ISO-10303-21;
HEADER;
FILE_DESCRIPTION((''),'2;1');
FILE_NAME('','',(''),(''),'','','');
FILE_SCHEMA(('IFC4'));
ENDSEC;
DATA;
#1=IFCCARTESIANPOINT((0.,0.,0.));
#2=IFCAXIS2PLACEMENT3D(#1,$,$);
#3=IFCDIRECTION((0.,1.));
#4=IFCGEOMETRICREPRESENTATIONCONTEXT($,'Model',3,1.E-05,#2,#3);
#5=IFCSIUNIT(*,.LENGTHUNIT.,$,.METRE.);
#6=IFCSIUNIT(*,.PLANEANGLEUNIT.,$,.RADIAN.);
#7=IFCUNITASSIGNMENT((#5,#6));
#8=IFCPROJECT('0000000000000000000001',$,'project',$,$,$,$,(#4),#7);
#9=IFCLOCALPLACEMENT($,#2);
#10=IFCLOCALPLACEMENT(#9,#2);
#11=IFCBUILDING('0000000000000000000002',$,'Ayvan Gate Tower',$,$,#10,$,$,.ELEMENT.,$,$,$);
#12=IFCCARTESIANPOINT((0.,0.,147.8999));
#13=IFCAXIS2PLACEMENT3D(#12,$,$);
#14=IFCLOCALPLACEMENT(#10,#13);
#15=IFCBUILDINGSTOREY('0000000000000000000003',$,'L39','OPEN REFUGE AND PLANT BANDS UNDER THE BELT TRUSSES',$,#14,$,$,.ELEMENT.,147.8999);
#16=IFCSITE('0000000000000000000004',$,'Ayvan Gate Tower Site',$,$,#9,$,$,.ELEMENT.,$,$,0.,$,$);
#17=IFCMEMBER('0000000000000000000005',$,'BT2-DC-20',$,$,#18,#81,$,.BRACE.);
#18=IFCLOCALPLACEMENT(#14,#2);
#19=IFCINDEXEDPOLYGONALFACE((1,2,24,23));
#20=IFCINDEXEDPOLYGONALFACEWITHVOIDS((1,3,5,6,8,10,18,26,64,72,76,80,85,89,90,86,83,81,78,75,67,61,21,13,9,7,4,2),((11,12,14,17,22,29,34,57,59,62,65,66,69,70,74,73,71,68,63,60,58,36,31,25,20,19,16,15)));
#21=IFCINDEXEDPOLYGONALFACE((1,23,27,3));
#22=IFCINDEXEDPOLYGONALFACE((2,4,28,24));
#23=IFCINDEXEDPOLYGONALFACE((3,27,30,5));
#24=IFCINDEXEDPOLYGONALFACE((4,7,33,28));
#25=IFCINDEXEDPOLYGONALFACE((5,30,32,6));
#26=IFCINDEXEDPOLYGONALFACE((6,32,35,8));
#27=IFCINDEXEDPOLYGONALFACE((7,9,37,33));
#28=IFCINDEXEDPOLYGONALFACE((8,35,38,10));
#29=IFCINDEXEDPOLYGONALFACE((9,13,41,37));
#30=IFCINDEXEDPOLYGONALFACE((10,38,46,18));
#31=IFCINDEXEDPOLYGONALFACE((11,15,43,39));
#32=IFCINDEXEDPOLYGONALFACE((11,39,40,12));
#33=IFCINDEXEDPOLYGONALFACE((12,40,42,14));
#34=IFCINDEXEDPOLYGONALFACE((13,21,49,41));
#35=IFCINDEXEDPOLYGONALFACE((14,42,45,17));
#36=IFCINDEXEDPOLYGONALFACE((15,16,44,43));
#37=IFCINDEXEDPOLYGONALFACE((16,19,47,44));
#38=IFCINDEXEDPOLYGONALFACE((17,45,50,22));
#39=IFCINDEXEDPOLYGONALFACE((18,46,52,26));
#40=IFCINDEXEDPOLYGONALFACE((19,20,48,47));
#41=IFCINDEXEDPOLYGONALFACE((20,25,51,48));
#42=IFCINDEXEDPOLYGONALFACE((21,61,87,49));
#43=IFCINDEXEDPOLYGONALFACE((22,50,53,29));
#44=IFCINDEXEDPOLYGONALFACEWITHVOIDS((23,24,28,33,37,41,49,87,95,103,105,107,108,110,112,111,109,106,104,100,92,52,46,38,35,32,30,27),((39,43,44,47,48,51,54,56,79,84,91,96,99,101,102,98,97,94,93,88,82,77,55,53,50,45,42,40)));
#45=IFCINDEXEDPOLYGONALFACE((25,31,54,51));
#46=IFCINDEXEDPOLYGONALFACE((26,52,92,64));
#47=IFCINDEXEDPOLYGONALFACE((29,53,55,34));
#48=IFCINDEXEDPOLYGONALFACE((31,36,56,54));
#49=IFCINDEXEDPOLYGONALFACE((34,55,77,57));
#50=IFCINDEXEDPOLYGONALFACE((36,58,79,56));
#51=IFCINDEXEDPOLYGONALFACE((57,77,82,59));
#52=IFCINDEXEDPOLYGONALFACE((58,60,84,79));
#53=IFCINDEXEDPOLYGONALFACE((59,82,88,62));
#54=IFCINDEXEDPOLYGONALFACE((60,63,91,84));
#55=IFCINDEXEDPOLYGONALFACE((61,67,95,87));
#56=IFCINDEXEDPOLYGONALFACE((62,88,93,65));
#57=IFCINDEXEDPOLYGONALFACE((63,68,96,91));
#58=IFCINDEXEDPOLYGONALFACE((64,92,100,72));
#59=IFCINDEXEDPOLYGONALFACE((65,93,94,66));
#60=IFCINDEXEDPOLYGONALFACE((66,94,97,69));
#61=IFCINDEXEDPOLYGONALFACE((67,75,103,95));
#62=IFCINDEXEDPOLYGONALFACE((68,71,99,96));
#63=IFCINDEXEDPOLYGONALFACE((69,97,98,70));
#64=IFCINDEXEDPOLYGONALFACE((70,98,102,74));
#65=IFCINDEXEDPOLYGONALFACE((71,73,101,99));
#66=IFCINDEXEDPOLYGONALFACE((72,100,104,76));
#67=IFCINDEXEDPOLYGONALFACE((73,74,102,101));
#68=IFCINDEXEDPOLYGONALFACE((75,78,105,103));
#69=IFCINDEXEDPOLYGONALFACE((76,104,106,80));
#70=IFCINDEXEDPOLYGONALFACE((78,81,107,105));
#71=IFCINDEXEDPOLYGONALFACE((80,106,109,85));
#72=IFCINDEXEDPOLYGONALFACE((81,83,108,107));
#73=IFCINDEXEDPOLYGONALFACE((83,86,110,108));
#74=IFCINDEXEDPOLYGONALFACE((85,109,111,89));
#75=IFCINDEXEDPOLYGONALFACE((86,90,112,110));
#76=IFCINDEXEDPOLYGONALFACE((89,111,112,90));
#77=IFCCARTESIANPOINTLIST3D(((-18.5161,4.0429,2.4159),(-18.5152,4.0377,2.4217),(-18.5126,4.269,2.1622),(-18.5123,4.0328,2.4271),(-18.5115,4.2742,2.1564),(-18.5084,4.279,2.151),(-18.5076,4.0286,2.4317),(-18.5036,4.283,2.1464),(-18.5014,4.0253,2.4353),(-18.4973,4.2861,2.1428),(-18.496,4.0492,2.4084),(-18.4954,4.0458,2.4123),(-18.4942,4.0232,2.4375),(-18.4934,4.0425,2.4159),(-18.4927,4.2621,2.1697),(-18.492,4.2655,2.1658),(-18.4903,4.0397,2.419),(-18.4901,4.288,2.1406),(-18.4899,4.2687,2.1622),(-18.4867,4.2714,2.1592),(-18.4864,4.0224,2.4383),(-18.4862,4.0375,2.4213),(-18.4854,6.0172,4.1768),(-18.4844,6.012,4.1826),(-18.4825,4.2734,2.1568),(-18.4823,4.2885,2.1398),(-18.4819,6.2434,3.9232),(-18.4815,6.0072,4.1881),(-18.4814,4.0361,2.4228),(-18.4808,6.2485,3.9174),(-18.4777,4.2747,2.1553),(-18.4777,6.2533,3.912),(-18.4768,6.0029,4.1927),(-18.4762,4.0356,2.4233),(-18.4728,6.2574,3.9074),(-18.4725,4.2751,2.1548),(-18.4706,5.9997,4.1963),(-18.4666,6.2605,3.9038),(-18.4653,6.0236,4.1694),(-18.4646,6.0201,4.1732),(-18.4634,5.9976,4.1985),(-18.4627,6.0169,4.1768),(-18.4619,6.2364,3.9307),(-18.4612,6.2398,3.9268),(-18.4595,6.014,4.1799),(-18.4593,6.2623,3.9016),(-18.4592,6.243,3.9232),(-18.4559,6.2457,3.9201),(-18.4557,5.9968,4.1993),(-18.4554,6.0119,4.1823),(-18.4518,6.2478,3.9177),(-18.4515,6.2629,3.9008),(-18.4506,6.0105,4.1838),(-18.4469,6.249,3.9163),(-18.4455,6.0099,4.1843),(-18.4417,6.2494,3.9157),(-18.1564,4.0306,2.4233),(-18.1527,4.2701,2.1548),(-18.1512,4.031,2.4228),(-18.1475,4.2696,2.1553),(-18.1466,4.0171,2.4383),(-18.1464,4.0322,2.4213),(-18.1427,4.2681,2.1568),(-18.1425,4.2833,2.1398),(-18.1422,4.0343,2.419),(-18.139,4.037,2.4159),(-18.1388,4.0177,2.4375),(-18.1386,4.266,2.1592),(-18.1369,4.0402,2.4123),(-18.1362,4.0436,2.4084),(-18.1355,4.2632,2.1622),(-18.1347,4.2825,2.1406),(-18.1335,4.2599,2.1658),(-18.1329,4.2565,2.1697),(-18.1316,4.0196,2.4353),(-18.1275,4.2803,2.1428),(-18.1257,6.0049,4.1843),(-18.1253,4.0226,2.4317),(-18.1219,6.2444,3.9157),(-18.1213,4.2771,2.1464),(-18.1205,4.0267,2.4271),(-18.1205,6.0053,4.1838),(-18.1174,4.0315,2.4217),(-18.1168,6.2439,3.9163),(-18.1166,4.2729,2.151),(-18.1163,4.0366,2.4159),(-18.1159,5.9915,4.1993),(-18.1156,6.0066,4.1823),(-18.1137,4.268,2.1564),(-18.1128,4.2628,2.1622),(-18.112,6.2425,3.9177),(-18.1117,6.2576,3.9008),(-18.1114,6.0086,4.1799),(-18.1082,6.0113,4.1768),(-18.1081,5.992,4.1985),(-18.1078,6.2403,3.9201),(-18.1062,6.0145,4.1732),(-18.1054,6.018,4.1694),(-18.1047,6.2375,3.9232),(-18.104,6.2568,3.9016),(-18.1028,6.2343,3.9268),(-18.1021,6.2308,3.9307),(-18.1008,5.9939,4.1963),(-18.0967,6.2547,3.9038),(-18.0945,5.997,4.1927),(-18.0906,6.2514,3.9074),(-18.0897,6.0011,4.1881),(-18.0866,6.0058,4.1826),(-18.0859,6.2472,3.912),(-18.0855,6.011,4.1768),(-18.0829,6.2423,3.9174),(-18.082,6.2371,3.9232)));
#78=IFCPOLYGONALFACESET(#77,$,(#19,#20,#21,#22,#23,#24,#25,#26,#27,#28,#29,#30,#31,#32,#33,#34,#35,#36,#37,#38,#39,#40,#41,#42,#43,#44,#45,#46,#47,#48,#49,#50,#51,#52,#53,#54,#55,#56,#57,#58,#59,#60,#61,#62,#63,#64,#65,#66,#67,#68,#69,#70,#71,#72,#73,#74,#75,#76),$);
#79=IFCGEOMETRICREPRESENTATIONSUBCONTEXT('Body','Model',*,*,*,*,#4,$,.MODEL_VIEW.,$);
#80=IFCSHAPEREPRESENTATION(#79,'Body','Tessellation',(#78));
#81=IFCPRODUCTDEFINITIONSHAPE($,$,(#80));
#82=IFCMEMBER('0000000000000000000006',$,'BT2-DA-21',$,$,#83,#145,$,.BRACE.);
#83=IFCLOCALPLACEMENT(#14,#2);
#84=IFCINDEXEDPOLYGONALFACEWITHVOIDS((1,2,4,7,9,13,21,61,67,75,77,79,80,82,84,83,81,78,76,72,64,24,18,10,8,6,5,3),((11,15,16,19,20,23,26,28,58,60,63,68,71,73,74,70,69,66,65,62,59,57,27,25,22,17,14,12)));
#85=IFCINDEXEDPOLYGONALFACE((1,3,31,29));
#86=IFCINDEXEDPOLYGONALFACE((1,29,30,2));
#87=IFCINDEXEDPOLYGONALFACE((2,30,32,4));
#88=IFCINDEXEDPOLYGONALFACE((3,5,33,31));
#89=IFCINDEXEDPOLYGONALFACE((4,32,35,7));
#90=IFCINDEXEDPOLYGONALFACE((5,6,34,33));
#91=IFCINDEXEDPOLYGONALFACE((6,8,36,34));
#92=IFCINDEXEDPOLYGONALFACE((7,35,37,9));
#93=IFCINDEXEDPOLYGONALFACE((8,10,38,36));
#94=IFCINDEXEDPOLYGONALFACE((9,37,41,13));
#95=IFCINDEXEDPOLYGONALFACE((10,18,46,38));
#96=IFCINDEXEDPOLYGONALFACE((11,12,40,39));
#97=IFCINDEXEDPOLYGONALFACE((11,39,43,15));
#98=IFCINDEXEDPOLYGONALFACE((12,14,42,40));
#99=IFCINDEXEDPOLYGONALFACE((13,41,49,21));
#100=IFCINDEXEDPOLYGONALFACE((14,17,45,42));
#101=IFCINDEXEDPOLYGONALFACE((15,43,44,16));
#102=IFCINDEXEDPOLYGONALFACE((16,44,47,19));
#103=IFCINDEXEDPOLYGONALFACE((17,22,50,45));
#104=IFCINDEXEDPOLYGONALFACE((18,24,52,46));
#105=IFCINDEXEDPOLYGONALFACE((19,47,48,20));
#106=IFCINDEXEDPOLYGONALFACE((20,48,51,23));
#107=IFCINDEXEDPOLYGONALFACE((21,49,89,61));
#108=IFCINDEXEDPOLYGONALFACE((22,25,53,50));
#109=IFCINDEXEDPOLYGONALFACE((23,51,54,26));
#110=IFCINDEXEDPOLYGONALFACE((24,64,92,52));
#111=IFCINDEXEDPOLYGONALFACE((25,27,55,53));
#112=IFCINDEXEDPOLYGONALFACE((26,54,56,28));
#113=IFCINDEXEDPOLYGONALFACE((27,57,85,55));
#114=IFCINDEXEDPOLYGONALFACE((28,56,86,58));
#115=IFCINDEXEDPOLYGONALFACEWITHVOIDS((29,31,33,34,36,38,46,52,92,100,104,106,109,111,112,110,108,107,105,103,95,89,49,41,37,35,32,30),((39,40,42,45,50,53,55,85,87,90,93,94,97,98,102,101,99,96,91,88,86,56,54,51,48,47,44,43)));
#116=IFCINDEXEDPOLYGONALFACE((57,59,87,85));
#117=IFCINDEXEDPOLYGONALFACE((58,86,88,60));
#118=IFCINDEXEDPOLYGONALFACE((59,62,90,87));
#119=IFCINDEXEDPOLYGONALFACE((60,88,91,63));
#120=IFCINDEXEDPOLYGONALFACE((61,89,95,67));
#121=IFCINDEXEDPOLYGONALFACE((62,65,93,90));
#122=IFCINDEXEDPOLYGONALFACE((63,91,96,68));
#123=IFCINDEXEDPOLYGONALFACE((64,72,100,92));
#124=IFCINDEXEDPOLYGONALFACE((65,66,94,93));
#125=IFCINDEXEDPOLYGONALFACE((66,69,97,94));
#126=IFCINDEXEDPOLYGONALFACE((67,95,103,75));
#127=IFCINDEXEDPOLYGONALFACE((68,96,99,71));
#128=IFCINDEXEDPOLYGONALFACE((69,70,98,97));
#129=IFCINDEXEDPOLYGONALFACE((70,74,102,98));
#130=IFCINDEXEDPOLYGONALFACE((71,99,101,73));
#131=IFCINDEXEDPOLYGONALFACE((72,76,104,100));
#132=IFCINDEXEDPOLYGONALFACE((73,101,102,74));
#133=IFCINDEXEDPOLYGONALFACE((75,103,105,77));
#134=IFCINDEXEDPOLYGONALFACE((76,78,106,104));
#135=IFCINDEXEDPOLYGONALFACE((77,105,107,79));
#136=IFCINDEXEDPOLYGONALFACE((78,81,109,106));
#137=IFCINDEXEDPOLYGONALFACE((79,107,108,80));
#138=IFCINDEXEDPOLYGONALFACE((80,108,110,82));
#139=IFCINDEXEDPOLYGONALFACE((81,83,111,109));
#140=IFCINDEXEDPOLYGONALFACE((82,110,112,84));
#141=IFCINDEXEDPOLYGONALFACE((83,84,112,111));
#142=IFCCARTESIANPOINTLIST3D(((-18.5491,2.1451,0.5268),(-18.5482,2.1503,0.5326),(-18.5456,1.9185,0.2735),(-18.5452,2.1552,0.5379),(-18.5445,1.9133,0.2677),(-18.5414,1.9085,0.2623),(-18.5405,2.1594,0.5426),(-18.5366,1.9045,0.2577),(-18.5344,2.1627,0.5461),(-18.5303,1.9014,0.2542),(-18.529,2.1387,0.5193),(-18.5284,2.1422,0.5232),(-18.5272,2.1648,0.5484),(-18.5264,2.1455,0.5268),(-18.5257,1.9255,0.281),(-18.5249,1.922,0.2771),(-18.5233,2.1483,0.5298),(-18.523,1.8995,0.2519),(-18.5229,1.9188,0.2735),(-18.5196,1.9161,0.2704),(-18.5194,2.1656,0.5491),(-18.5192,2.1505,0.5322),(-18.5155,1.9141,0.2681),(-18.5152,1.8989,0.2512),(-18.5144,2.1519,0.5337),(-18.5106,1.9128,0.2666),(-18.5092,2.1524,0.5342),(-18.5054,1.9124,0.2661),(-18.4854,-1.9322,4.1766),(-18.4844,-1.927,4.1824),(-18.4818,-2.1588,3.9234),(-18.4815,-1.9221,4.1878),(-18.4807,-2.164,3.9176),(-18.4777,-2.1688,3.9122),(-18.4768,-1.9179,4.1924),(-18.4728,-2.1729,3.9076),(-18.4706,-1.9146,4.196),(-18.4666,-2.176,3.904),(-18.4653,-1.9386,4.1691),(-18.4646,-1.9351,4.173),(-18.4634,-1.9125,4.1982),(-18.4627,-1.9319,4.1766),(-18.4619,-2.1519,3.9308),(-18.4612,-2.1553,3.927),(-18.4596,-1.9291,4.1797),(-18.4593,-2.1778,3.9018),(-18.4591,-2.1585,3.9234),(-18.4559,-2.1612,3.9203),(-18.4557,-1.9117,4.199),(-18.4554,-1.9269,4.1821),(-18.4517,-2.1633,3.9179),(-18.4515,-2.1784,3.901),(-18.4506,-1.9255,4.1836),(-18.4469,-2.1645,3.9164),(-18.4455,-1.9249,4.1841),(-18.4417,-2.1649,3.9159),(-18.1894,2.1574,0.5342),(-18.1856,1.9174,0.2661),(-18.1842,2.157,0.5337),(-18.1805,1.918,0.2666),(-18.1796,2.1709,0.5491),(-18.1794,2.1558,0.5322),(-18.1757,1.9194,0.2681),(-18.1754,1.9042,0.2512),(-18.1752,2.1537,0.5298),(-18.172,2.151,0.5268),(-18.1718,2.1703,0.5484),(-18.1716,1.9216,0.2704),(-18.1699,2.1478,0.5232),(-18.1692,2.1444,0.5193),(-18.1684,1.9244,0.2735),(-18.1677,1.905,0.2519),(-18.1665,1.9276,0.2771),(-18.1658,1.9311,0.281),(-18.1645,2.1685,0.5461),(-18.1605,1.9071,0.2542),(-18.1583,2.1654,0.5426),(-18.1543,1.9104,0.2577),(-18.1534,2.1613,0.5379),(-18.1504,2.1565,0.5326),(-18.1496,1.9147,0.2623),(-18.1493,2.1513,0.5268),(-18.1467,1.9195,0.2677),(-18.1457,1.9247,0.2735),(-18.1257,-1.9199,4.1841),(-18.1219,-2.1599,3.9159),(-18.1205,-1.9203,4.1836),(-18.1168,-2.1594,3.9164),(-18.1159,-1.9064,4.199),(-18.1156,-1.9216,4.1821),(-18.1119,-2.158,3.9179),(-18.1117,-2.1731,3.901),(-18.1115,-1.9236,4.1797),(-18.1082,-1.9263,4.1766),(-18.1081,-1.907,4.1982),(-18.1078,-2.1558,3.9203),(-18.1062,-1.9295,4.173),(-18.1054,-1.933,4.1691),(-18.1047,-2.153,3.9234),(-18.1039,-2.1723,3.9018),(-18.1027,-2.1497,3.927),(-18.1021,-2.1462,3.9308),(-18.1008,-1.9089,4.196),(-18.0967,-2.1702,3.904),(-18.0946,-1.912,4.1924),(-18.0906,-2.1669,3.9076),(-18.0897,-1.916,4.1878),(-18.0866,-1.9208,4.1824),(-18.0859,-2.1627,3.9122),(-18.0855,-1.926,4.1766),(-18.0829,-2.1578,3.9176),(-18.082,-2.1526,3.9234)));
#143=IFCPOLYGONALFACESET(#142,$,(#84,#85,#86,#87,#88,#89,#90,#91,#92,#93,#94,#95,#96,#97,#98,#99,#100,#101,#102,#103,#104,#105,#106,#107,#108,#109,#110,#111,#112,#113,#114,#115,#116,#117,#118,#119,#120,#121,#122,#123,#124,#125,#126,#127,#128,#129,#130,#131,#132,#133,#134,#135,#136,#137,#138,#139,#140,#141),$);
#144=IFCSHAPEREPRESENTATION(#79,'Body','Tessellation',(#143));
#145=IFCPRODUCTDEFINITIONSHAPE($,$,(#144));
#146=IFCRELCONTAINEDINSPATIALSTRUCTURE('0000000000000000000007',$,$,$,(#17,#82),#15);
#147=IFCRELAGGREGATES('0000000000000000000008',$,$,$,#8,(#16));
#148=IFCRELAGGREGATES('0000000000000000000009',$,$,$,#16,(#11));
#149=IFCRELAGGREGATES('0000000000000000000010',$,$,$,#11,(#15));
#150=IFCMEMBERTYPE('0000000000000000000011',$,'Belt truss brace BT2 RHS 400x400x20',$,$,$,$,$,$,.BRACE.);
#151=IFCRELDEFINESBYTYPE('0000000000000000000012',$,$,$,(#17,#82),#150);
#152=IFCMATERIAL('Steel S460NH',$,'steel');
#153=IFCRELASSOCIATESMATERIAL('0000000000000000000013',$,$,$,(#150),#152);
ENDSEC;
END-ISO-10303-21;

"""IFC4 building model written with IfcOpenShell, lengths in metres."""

from ifc_helpers import new_model, si_unit, direction, frame, origin, origin_2d, place, context, subcontext, project, spatial, hollow_rectangle, extrude, material, material_profile, profile_set, type_object, element, save


model = new_model("IFC4")

# Units and contexts
model_context = context("Model", 3, precision=1e-05, world=origin(), true_north=direction((0.0, 1.0)))
body_context = subcontext(model_context, "Body", "Model", "MODEL_VIEW")
ifc_project = project(units=[si_unit("LENGTHUNIT", "METRE"), si_unit("PLANEANGLEUNIT", "RADIAN")], contexts=[model_context])

# Site, building, storey
site_placement = place(None, origin())
site = spatial("IfcSite", under=ifc_project, at=site_placement, Name="Ayvan Gate Tower Site", CompositionType="ELEMENT", RefElevation=0.0)
building_placement = place(site_placement, origin())
building = spatial("IfcBuilding", under=site, at=building_placement, Name="Ayvan Gate Tower", CompositionType="ELEMENT")
storey_placement = place(building_placement, frame((0.0, 0.0, 147.8999)))
storey = spatial("IfcBuildingStorey", under=building, at=storey_placement, Name="L39", Description="OPEN REFUGE AND PLANT BANDS UNDER THE BELT TRUSSES", CompositionType="ELEMENT", Elevation=147.8999)

# Members
ifc_material_1 = material(Name="Steel S460NH", Category="steel")
ifc_material_profile_1 = material_profile(ifc_material_1, hollow_rectangle(XDim=0.3999, YDim=0.3999, WallThickness=0.02, InnerFilletRadius=0.02, OuterFilletRadius=0.03, at=origin_2d()), Name="RHS 400x400x20")
ifc_profile_set_1 = profile_set([ifc_material_profile_1], Name="Steel S460NH")
member_type_1 = type_object("IfcMemberType", Name="Belt truss brace BT2 RHS 400x400x20", PredefinedType="BRACE", material=ifc_profile_set_1)
member_1_placement = place(storey_placement, frame((-18.3145, 4.1528, 2.2891), z_axis=(0.011627, 0.746233, 0.665584), x_axis=(-0.999879, 0.015579, 0.0)))
element("IfcMember", 1, at=member_1_placement, inside=storey, type_object=member_type_1, Name="BT2-DC-20", PredefinedType="BRACE", context=body_context, shape_type="SweptSolid", body=[
    extrude(hollow_rectangle(XDim=0.3999, YDim=0.3999, WallThickness=0.02, InnerFilletRadius=0.02, OuterFilletRadius=0.03, at=origin_2d()), origin(), (0.0, 0.0, 1.0), 2.6458),
])
member_2_placement = place(storey_placement, frame((-18.3474, 2.0349, 0.4001), z_axis=(0.011643, -0.745036, 0.666923), x_axis=(0.999878, 0.015626, 0.0)))
element("IfcMember", 2, at=member_2_placement, inside=storey, type_object=member_type_1, Name="BT2-DA-21", PredefinedType="BRACE", context=body_context, shape_type="SweptSolid", body=[
    extrude(hollow_rectangle(XDim=0.3999, YDim=0.3999, WallThickness=0.02, InnerFilletRadius=0.02, OuterFilletRadius=0.03, at=origin_2d()), origin(), (0.0, 0.0, 1.0), 5.4727),
])

save(model, "model.ifc")
